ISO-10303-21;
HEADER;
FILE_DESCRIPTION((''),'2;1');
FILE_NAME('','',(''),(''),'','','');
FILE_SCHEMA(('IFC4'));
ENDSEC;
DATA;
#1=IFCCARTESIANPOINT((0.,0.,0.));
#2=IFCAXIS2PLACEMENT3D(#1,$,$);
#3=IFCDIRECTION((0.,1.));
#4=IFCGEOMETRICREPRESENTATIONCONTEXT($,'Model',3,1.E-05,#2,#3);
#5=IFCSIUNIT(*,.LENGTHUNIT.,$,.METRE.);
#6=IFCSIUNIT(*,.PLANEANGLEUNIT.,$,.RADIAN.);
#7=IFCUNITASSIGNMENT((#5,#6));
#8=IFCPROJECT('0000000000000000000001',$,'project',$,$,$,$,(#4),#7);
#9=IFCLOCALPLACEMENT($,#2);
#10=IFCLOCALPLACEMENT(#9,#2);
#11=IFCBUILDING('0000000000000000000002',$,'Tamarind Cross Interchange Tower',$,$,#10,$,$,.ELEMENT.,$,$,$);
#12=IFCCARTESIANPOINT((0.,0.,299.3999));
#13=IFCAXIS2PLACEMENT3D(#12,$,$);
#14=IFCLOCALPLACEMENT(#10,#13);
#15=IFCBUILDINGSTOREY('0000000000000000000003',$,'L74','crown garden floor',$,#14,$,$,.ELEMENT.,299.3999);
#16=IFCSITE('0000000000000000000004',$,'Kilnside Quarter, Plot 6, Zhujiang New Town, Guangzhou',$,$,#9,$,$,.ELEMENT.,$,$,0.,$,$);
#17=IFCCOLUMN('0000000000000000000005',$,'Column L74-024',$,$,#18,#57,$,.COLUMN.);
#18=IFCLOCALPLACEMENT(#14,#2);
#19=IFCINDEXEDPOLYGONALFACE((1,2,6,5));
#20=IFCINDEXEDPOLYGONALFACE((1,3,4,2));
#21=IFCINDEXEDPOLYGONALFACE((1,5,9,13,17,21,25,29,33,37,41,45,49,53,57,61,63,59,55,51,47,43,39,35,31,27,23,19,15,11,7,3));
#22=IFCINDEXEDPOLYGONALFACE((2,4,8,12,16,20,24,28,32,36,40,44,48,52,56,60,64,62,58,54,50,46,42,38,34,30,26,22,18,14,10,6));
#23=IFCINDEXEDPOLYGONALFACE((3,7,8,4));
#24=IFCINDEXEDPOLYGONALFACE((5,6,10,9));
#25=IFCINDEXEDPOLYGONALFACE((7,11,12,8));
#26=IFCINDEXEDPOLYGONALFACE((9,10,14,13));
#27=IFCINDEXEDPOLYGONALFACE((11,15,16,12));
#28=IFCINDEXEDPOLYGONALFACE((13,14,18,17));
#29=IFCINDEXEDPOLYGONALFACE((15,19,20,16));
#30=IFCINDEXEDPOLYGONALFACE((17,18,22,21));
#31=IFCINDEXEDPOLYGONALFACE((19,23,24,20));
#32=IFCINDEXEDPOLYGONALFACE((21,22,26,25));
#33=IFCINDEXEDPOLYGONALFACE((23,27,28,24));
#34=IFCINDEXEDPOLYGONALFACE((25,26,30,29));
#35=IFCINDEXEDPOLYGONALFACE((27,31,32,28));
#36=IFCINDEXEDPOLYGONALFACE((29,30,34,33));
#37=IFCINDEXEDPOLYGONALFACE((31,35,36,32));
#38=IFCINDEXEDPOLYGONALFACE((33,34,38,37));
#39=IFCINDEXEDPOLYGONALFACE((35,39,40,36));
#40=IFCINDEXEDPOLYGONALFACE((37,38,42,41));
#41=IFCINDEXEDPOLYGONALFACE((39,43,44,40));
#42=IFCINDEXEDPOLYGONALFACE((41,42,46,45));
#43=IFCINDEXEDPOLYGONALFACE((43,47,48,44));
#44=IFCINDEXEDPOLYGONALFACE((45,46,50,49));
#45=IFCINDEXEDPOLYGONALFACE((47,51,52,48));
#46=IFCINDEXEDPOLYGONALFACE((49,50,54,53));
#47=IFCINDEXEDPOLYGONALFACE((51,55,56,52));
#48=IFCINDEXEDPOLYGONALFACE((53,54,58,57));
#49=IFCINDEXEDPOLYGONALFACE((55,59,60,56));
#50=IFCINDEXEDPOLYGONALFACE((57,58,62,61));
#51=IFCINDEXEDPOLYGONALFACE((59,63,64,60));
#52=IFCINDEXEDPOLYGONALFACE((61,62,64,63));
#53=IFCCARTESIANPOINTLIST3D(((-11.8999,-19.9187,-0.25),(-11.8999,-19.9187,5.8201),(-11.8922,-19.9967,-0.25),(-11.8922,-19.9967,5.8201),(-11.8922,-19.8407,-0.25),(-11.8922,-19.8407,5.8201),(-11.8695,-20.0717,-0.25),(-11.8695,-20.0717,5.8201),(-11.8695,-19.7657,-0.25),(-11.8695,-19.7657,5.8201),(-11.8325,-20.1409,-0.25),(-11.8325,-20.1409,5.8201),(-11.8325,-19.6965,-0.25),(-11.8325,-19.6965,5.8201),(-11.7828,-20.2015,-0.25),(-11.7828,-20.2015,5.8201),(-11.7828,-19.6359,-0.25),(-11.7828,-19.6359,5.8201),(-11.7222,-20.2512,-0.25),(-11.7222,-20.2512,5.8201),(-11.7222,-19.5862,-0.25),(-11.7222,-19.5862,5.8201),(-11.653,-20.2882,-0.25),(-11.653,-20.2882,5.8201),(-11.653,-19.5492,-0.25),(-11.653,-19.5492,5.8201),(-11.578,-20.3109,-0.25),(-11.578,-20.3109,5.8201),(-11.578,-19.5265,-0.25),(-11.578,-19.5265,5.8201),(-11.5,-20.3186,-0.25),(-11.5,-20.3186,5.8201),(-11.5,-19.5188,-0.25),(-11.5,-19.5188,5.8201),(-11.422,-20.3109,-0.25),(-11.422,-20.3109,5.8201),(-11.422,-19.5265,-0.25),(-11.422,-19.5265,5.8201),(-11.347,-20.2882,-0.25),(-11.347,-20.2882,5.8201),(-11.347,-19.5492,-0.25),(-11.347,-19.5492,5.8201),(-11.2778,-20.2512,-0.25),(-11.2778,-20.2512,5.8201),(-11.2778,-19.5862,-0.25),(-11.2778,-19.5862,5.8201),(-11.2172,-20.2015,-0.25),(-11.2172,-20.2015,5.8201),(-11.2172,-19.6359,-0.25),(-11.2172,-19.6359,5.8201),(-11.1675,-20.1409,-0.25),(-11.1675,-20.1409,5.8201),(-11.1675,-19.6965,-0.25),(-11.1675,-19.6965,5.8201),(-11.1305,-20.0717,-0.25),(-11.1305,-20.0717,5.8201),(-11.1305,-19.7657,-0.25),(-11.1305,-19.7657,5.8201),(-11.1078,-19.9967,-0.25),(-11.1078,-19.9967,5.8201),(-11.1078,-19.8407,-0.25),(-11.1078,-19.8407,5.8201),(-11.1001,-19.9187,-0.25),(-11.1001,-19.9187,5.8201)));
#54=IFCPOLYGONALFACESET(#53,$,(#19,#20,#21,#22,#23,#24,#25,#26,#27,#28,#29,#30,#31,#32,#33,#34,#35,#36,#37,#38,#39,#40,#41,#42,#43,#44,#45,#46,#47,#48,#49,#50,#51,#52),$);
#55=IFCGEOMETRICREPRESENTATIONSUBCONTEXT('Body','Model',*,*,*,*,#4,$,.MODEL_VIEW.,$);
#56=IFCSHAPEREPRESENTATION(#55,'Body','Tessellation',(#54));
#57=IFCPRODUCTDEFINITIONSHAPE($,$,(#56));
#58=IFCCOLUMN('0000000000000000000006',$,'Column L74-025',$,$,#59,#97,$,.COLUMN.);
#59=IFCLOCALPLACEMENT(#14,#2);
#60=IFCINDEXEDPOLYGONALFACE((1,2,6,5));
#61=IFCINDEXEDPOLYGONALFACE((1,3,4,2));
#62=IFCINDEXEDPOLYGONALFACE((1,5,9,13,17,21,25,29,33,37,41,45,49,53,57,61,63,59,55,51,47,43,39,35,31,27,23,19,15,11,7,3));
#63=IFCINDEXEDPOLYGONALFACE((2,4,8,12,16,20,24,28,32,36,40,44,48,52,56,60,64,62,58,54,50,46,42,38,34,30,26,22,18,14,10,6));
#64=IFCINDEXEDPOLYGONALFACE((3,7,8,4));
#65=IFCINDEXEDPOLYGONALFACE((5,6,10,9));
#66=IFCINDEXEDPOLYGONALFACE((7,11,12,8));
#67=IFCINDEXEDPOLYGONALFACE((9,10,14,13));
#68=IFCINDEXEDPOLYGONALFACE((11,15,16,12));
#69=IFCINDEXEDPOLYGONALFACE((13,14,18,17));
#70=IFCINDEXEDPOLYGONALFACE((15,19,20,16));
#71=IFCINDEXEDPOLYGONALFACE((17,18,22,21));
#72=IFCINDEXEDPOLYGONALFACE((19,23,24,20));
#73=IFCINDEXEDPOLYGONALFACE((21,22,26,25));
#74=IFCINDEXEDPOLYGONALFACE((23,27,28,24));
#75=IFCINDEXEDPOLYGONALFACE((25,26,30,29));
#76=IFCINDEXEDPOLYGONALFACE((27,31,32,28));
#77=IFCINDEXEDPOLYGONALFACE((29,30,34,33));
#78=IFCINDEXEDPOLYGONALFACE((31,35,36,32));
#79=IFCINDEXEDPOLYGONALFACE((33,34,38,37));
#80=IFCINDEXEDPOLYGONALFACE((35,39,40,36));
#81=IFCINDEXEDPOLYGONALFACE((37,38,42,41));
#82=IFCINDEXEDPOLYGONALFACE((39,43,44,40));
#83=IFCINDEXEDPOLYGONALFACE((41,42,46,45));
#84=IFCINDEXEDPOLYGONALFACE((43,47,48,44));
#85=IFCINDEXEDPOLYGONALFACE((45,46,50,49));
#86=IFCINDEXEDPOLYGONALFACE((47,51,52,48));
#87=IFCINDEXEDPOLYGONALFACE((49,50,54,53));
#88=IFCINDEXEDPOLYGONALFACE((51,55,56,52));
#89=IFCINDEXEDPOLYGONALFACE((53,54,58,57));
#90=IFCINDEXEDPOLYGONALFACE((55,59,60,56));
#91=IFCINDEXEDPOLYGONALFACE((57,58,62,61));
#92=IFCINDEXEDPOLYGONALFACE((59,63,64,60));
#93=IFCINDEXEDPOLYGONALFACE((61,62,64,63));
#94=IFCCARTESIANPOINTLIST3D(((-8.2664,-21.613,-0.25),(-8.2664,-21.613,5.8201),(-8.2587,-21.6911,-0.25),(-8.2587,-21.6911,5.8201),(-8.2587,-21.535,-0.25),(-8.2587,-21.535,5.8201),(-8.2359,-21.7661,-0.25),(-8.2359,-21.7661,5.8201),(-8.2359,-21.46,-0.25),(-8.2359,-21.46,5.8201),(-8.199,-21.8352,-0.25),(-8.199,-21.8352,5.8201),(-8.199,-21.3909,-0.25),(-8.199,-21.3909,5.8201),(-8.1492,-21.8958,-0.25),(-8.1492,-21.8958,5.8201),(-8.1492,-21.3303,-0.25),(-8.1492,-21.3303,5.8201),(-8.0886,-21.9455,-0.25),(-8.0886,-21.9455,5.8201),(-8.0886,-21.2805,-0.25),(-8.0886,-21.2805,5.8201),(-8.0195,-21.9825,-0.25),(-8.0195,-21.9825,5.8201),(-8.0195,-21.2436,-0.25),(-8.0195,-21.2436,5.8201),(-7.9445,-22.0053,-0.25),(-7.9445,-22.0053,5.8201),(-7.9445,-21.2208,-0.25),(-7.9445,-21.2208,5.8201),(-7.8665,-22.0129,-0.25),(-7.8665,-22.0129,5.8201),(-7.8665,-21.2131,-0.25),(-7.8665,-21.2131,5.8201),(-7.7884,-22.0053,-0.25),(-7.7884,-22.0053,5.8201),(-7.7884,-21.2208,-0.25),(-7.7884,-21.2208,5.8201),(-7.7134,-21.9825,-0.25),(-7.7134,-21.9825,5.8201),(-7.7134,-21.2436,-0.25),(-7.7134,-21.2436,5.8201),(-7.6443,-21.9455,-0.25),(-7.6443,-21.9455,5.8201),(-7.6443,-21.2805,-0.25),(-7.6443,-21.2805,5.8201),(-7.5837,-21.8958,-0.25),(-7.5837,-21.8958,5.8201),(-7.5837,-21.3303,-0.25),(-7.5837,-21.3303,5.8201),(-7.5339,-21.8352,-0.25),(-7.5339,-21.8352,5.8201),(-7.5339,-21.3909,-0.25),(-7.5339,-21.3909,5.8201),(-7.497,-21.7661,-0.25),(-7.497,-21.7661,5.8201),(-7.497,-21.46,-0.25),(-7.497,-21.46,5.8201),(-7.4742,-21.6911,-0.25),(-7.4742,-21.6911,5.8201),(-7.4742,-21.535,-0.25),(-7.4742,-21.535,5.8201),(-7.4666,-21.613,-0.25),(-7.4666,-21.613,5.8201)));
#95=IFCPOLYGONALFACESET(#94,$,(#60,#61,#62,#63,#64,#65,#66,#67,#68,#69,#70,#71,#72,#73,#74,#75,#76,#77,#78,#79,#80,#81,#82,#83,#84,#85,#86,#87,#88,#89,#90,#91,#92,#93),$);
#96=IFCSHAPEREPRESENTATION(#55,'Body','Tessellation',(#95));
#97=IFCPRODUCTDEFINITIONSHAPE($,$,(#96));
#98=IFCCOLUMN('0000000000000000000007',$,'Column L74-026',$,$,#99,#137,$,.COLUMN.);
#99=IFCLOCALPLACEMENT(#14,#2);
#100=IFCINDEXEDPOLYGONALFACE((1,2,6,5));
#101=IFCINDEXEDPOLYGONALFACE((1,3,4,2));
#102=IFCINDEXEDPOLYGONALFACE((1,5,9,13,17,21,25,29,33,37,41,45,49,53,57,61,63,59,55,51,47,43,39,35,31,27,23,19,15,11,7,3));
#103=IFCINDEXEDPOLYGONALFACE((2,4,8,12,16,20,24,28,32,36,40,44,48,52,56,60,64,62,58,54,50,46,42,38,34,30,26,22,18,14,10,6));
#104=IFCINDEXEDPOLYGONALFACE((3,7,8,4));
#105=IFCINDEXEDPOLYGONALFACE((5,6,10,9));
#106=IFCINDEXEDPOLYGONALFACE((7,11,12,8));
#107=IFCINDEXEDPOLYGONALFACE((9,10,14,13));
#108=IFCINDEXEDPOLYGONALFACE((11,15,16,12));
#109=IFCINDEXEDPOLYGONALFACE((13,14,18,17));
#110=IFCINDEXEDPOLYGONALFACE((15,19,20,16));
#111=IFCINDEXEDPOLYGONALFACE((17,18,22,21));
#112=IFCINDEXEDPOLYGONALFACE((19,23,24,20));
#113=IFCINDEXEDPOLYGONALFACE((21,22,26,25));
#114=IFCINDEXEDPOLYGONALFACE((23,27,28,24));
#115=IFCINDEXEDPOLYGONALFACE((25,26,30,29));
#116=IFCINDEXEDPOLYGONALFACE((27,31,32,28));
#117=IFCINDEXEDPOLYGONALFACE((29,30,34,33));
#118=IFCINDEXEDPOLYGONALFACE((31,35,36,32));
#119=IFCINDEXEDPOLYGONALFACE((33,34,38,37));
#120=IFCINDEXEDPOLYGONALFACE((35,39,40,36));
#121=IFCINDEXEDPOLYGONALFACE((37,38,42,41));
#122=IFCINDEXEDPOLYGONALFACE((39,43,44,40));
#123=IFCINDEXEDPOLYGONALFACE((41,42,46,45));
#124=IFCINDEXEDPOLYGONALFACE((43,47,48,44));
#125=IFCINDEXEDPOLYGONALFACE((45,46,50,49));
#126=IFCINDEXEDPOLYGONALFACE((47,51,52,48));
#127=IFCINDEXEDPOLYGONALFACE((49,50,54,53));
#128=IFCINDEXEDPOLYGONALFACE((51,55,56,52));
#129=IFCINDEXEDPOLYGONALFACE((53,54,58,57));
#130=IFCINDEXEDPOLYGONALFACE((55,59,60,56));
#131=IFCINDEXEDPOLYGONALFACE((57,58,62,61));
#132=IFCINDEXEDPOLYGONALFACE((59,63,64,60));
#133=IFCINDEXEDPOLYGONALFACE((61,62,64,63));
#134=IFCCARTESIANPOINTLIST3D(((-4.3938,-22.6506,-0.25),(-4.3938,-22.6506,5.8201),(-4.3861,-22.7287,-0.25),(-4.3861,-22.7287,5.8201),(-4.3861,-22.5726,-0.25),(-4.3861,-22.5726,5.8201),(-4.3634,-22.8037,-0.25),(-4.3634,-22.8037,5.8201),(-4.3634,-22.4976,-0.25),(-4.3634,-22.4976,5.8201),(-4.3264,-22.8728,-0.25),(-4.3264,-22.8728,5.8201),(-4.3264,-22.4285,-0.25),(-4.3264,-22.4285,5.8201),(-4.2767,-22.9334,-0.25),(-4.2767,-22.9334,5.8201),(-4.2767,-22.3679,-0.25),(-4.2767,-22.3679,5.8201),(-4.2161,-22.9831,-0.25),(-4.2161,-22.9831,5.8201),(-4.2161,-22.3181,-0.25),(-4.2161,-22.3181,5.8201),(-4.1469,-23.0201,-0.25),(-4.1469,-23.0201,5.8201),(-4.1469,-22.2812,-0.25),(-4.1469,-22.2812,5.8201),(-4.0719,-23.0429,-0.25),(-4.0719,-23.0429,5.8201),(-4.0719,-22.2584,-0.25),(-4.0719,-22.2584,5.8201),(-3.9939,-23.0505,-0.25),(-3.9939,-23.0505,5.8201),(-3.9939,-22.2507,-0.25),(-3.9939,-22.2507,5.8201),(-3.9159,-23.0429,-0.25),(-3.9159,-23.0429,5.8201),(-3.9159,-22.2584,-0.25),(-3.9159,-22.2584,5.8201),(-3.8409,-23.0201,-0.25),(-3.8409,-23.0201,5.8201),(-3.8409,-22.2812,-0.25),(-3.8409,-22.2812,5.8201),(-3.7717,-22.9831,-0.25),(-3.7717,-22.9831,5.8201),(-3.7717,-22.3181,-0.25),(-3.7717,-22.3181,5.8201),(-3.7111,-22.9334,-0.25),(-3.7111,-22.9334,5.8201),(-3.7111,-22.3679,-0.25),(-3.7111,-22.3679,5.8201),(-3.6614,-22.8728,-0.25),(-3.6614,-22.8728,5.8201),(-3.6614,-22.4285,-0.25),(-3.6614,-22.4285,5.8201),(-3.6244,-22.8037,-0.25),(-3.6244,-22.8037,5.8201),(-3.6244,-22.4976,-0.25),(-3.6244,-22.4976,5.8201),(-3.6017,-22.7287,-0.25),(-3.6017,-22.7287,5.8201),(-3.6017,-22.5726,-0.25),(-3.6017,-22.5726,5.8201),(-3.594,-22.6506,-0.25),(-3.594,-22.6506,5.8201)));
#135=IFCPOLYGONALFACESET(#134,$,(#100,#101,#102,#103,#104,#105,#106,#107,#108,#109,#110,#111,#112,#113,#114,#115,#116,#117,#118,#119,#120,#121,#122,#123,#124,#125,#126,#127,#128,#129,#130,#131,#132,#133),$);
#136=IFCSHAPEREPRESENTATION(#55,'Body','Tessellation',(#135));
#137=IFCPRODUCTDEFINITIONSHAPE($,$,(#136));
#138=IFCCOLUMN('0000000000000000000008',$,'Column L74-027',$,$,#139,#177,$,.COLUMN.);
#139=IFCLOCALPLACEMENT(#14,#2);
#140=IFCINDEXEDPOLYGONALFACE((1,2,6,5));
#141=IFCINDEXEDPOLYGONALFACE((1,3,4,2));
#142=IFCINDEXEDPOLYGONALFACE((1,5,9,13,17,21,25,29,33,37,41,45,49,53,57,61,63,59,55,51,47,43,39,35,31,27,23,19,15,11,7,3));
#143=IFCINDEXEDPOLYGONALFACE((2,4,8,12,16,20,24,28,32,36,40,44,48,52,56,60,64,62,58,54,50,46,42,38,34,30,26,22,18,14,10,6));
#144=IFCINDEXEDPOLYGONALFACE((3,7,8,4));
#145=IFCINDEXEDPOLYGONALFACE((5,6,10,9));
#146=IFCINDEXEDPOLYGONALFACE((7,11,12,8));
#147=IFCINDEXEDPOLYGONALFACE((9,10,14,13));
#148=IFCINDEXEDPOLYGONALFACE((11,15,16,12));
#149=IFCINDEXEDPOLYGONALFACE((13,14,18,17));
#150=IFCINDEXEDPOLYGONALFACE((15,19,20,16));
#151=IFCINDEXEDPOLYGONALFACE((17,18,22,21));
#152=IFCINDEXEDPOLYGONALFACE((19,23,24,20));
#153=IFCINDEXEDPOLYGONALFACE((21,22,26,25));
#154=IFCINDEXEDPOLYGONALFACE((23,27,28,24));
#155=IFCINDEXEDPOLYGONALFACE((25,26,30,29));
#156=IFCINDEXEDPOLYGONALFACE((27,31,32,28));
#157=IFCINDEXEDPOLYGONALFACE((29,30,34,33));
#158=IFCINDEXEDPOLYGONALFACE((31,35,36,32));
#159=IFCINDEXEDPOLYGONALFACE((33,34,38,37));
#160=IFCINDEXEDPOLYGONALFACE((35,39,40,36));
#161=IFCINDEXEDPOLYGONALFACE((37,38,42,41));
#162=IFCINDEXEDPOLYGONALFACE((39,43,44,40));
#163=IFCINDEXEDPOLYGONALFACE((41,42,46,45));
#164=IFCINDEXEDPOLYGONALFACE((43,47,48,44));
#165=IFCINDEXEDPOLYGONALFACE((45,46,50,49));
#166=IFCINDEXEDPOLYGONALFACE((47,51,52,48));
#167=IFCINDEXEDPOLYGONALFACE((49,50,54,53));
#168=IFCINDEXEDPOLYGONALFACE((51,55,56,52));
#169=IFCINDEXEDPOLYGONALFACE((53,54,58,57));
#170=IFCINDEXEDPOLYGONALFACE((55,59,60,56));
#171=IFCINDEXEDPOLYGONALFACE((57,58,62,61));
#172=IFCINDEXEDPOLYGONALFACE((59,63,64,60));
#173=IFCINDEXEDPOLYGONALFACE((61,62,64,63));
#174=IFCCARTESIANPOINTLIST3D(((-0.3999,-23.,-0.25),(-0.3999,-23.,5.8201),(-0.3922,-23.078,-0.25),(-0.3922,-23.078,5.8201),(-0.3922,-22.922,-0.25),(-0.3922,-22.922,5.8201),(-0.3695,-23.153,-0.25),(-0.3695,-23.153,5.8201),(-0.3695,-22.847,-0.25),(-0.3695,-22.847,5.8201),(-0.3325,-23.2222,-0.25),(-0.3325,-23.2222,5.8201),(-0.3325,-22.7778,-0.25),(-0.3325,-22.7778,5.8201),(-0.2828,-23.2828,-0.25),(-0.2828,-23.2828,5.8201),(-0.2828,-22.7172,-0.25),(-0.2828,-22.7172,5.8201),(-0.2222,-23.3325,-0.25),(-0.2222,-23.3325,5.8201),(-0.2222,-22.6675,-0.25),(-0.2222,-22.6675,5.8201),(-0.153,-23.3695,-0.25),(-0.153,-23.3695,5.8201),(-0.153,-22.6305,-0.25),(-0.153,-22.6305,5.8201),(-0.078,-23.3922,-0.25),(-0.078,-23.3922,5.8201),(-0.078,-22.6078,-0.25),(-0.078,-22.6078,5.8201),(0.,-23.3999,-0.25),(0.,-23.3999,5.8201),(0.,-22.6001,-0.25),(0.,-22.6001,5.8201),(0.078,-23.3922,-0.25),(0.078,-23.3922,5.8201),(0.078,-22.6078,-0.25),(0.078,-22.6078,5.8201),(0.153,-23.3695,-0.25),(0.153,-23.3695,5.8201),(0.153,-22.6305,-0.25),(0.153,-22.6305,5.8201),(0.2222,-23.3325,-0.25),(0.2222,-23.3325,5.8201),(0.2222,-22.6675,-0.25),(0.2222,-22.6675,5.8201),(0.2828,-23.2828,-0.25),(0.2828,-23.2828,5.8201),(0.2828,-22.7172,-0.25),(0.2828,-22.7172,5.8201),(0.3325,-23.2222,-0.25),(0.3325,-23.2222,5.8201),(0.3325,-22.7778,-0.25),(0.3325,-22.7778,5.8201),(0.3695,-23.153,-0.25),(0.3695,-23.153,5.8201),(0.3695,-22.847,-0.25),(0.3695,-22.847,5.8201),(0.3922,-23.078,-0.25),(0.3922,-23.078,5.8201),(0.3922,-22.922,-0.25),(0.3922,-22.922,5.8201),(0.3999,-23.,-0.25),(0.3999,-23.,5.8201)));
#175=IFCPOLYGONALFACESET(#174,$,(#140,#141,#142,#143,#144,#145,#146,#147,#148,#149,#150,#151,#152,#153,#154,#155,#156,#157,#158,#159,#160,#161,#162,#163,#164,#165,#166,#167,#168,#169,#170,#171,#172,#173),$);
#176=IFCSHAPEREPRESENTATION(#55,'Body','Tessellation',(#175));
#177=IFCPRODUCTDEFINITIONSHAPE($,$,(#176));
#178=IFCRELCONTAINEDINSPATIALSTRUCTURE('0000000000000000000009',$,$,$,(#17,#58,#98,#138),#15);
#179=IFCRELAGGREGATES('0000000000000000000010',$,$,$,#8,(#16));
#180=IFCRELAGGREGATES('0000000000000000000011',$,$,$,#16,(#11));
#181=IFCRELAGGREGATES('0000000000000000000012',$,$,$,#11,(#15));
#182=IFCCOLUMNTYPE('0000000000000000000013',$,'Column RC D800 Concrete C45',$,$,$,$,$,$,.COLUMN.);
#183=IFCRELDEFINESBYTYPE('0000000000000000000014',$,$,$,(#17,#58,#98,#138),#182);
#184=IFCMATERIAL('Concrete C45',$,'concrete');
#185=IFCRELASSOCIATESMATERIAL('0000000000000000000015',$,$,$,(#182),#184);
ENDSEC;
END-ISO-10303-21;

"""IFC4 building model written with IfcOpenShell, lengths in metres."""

from ifc_helpers import new_model, si_unit, direction, frame, origin, origin_2d, place, context, subcontext, project, spatial, circle, extrude, material, material_profile, profile_set, type_object, element, save


model = new_model("IFC4")

# Units and contexts
model_context = context("Model", 3, precision=1e-05, world=origin(), true_north=direction((0.0, 1.0)))
body_context = subcontext(model_context, "Body", "Model", "MODEL_VIEW")
ifc_project = project(units=[si_unit("LENGTHUNIT", "METRE"), si_unit("PLANEANGLEUNIT", "RADIAN")], contexts=[model_context])

# Site, building, storey
site_placement = place(None, origin())
site = spatial("IfcSite", under=ifc_project, at=site_placement, Name="Kilnside Quarter, Plot 6, Zhujiang New Town, Guangzhou", CompositionType="ELEMENT", RefElevation=0.0)
building_placement = place(site_placement, origin())
building = spatial("IfcBuilding", under=site, at=building_placement, Name="Tamarind Cross Interchange Tower", CompositionType="ELEMENT")
storey_placement = place(building_placement, frame((0.0, 0.0, 299.3999)))
storey = spatial("IfcBuildingStorey", under=building, at=storey_placement, Name="L74", Description="crown garden floor", CompositionType="ELEMENT", Elevation=299.3999)

# Columns
ifc_material_1 = material(Name="Concrete C45", Category="concrete")
ifc_material_profile_1 = material_profile(ifc_material_1, circle(Radius=0.3999, at=origin_2d()), Name="RC D800")
ifc_profile_set_1 = profile_set([ifc_material_profile_1], Name="Concrete C45")
column_type = type_object("IfcColumnType", Name="Column RC D800 Concrete C45", PredefinedType="COLUMN", material=ifc_profile_set_1)
for number, where, z_axis, x_axis, name in (
    (1, (-11.5, -19.9187, -0.25), (0.0, 0.0, 1.0), (1.0, 0.0, 0.0), "Column L74-024"),
    (2, (-7.8665, -21.613, -0.25), (0.0, 0.0, 1.0), (1.0, 0.0, 0.0), "Column L74-025"),
    (3, (-3.9939, -22.6506, -0.25), (0.0, 0.0, 1.0), (1.0, 0.0, 0.0), "Column L74-026"),
    (4, (0.0, -23.0, -0.25), (0.0, 0.0, 1.0), (1.0, 0.0, 0.0), "Column L74-027"),
):
    element("IfcColumn", number, at=place(storey_placement, frame(where, z_axis=z_axis, x_axis=x_axis)), inside=storey, type_object=column_type, Name=name, PredefinedType="COLUMN", context=body_context, shape_type="SweptSolid", body=[
        extrude(circle(Radius=0.3999, at=origin_2d()), origin(), (0.0, 0.0, 1.0), 6.0701),
    ])

save(model, "model.ifc")
